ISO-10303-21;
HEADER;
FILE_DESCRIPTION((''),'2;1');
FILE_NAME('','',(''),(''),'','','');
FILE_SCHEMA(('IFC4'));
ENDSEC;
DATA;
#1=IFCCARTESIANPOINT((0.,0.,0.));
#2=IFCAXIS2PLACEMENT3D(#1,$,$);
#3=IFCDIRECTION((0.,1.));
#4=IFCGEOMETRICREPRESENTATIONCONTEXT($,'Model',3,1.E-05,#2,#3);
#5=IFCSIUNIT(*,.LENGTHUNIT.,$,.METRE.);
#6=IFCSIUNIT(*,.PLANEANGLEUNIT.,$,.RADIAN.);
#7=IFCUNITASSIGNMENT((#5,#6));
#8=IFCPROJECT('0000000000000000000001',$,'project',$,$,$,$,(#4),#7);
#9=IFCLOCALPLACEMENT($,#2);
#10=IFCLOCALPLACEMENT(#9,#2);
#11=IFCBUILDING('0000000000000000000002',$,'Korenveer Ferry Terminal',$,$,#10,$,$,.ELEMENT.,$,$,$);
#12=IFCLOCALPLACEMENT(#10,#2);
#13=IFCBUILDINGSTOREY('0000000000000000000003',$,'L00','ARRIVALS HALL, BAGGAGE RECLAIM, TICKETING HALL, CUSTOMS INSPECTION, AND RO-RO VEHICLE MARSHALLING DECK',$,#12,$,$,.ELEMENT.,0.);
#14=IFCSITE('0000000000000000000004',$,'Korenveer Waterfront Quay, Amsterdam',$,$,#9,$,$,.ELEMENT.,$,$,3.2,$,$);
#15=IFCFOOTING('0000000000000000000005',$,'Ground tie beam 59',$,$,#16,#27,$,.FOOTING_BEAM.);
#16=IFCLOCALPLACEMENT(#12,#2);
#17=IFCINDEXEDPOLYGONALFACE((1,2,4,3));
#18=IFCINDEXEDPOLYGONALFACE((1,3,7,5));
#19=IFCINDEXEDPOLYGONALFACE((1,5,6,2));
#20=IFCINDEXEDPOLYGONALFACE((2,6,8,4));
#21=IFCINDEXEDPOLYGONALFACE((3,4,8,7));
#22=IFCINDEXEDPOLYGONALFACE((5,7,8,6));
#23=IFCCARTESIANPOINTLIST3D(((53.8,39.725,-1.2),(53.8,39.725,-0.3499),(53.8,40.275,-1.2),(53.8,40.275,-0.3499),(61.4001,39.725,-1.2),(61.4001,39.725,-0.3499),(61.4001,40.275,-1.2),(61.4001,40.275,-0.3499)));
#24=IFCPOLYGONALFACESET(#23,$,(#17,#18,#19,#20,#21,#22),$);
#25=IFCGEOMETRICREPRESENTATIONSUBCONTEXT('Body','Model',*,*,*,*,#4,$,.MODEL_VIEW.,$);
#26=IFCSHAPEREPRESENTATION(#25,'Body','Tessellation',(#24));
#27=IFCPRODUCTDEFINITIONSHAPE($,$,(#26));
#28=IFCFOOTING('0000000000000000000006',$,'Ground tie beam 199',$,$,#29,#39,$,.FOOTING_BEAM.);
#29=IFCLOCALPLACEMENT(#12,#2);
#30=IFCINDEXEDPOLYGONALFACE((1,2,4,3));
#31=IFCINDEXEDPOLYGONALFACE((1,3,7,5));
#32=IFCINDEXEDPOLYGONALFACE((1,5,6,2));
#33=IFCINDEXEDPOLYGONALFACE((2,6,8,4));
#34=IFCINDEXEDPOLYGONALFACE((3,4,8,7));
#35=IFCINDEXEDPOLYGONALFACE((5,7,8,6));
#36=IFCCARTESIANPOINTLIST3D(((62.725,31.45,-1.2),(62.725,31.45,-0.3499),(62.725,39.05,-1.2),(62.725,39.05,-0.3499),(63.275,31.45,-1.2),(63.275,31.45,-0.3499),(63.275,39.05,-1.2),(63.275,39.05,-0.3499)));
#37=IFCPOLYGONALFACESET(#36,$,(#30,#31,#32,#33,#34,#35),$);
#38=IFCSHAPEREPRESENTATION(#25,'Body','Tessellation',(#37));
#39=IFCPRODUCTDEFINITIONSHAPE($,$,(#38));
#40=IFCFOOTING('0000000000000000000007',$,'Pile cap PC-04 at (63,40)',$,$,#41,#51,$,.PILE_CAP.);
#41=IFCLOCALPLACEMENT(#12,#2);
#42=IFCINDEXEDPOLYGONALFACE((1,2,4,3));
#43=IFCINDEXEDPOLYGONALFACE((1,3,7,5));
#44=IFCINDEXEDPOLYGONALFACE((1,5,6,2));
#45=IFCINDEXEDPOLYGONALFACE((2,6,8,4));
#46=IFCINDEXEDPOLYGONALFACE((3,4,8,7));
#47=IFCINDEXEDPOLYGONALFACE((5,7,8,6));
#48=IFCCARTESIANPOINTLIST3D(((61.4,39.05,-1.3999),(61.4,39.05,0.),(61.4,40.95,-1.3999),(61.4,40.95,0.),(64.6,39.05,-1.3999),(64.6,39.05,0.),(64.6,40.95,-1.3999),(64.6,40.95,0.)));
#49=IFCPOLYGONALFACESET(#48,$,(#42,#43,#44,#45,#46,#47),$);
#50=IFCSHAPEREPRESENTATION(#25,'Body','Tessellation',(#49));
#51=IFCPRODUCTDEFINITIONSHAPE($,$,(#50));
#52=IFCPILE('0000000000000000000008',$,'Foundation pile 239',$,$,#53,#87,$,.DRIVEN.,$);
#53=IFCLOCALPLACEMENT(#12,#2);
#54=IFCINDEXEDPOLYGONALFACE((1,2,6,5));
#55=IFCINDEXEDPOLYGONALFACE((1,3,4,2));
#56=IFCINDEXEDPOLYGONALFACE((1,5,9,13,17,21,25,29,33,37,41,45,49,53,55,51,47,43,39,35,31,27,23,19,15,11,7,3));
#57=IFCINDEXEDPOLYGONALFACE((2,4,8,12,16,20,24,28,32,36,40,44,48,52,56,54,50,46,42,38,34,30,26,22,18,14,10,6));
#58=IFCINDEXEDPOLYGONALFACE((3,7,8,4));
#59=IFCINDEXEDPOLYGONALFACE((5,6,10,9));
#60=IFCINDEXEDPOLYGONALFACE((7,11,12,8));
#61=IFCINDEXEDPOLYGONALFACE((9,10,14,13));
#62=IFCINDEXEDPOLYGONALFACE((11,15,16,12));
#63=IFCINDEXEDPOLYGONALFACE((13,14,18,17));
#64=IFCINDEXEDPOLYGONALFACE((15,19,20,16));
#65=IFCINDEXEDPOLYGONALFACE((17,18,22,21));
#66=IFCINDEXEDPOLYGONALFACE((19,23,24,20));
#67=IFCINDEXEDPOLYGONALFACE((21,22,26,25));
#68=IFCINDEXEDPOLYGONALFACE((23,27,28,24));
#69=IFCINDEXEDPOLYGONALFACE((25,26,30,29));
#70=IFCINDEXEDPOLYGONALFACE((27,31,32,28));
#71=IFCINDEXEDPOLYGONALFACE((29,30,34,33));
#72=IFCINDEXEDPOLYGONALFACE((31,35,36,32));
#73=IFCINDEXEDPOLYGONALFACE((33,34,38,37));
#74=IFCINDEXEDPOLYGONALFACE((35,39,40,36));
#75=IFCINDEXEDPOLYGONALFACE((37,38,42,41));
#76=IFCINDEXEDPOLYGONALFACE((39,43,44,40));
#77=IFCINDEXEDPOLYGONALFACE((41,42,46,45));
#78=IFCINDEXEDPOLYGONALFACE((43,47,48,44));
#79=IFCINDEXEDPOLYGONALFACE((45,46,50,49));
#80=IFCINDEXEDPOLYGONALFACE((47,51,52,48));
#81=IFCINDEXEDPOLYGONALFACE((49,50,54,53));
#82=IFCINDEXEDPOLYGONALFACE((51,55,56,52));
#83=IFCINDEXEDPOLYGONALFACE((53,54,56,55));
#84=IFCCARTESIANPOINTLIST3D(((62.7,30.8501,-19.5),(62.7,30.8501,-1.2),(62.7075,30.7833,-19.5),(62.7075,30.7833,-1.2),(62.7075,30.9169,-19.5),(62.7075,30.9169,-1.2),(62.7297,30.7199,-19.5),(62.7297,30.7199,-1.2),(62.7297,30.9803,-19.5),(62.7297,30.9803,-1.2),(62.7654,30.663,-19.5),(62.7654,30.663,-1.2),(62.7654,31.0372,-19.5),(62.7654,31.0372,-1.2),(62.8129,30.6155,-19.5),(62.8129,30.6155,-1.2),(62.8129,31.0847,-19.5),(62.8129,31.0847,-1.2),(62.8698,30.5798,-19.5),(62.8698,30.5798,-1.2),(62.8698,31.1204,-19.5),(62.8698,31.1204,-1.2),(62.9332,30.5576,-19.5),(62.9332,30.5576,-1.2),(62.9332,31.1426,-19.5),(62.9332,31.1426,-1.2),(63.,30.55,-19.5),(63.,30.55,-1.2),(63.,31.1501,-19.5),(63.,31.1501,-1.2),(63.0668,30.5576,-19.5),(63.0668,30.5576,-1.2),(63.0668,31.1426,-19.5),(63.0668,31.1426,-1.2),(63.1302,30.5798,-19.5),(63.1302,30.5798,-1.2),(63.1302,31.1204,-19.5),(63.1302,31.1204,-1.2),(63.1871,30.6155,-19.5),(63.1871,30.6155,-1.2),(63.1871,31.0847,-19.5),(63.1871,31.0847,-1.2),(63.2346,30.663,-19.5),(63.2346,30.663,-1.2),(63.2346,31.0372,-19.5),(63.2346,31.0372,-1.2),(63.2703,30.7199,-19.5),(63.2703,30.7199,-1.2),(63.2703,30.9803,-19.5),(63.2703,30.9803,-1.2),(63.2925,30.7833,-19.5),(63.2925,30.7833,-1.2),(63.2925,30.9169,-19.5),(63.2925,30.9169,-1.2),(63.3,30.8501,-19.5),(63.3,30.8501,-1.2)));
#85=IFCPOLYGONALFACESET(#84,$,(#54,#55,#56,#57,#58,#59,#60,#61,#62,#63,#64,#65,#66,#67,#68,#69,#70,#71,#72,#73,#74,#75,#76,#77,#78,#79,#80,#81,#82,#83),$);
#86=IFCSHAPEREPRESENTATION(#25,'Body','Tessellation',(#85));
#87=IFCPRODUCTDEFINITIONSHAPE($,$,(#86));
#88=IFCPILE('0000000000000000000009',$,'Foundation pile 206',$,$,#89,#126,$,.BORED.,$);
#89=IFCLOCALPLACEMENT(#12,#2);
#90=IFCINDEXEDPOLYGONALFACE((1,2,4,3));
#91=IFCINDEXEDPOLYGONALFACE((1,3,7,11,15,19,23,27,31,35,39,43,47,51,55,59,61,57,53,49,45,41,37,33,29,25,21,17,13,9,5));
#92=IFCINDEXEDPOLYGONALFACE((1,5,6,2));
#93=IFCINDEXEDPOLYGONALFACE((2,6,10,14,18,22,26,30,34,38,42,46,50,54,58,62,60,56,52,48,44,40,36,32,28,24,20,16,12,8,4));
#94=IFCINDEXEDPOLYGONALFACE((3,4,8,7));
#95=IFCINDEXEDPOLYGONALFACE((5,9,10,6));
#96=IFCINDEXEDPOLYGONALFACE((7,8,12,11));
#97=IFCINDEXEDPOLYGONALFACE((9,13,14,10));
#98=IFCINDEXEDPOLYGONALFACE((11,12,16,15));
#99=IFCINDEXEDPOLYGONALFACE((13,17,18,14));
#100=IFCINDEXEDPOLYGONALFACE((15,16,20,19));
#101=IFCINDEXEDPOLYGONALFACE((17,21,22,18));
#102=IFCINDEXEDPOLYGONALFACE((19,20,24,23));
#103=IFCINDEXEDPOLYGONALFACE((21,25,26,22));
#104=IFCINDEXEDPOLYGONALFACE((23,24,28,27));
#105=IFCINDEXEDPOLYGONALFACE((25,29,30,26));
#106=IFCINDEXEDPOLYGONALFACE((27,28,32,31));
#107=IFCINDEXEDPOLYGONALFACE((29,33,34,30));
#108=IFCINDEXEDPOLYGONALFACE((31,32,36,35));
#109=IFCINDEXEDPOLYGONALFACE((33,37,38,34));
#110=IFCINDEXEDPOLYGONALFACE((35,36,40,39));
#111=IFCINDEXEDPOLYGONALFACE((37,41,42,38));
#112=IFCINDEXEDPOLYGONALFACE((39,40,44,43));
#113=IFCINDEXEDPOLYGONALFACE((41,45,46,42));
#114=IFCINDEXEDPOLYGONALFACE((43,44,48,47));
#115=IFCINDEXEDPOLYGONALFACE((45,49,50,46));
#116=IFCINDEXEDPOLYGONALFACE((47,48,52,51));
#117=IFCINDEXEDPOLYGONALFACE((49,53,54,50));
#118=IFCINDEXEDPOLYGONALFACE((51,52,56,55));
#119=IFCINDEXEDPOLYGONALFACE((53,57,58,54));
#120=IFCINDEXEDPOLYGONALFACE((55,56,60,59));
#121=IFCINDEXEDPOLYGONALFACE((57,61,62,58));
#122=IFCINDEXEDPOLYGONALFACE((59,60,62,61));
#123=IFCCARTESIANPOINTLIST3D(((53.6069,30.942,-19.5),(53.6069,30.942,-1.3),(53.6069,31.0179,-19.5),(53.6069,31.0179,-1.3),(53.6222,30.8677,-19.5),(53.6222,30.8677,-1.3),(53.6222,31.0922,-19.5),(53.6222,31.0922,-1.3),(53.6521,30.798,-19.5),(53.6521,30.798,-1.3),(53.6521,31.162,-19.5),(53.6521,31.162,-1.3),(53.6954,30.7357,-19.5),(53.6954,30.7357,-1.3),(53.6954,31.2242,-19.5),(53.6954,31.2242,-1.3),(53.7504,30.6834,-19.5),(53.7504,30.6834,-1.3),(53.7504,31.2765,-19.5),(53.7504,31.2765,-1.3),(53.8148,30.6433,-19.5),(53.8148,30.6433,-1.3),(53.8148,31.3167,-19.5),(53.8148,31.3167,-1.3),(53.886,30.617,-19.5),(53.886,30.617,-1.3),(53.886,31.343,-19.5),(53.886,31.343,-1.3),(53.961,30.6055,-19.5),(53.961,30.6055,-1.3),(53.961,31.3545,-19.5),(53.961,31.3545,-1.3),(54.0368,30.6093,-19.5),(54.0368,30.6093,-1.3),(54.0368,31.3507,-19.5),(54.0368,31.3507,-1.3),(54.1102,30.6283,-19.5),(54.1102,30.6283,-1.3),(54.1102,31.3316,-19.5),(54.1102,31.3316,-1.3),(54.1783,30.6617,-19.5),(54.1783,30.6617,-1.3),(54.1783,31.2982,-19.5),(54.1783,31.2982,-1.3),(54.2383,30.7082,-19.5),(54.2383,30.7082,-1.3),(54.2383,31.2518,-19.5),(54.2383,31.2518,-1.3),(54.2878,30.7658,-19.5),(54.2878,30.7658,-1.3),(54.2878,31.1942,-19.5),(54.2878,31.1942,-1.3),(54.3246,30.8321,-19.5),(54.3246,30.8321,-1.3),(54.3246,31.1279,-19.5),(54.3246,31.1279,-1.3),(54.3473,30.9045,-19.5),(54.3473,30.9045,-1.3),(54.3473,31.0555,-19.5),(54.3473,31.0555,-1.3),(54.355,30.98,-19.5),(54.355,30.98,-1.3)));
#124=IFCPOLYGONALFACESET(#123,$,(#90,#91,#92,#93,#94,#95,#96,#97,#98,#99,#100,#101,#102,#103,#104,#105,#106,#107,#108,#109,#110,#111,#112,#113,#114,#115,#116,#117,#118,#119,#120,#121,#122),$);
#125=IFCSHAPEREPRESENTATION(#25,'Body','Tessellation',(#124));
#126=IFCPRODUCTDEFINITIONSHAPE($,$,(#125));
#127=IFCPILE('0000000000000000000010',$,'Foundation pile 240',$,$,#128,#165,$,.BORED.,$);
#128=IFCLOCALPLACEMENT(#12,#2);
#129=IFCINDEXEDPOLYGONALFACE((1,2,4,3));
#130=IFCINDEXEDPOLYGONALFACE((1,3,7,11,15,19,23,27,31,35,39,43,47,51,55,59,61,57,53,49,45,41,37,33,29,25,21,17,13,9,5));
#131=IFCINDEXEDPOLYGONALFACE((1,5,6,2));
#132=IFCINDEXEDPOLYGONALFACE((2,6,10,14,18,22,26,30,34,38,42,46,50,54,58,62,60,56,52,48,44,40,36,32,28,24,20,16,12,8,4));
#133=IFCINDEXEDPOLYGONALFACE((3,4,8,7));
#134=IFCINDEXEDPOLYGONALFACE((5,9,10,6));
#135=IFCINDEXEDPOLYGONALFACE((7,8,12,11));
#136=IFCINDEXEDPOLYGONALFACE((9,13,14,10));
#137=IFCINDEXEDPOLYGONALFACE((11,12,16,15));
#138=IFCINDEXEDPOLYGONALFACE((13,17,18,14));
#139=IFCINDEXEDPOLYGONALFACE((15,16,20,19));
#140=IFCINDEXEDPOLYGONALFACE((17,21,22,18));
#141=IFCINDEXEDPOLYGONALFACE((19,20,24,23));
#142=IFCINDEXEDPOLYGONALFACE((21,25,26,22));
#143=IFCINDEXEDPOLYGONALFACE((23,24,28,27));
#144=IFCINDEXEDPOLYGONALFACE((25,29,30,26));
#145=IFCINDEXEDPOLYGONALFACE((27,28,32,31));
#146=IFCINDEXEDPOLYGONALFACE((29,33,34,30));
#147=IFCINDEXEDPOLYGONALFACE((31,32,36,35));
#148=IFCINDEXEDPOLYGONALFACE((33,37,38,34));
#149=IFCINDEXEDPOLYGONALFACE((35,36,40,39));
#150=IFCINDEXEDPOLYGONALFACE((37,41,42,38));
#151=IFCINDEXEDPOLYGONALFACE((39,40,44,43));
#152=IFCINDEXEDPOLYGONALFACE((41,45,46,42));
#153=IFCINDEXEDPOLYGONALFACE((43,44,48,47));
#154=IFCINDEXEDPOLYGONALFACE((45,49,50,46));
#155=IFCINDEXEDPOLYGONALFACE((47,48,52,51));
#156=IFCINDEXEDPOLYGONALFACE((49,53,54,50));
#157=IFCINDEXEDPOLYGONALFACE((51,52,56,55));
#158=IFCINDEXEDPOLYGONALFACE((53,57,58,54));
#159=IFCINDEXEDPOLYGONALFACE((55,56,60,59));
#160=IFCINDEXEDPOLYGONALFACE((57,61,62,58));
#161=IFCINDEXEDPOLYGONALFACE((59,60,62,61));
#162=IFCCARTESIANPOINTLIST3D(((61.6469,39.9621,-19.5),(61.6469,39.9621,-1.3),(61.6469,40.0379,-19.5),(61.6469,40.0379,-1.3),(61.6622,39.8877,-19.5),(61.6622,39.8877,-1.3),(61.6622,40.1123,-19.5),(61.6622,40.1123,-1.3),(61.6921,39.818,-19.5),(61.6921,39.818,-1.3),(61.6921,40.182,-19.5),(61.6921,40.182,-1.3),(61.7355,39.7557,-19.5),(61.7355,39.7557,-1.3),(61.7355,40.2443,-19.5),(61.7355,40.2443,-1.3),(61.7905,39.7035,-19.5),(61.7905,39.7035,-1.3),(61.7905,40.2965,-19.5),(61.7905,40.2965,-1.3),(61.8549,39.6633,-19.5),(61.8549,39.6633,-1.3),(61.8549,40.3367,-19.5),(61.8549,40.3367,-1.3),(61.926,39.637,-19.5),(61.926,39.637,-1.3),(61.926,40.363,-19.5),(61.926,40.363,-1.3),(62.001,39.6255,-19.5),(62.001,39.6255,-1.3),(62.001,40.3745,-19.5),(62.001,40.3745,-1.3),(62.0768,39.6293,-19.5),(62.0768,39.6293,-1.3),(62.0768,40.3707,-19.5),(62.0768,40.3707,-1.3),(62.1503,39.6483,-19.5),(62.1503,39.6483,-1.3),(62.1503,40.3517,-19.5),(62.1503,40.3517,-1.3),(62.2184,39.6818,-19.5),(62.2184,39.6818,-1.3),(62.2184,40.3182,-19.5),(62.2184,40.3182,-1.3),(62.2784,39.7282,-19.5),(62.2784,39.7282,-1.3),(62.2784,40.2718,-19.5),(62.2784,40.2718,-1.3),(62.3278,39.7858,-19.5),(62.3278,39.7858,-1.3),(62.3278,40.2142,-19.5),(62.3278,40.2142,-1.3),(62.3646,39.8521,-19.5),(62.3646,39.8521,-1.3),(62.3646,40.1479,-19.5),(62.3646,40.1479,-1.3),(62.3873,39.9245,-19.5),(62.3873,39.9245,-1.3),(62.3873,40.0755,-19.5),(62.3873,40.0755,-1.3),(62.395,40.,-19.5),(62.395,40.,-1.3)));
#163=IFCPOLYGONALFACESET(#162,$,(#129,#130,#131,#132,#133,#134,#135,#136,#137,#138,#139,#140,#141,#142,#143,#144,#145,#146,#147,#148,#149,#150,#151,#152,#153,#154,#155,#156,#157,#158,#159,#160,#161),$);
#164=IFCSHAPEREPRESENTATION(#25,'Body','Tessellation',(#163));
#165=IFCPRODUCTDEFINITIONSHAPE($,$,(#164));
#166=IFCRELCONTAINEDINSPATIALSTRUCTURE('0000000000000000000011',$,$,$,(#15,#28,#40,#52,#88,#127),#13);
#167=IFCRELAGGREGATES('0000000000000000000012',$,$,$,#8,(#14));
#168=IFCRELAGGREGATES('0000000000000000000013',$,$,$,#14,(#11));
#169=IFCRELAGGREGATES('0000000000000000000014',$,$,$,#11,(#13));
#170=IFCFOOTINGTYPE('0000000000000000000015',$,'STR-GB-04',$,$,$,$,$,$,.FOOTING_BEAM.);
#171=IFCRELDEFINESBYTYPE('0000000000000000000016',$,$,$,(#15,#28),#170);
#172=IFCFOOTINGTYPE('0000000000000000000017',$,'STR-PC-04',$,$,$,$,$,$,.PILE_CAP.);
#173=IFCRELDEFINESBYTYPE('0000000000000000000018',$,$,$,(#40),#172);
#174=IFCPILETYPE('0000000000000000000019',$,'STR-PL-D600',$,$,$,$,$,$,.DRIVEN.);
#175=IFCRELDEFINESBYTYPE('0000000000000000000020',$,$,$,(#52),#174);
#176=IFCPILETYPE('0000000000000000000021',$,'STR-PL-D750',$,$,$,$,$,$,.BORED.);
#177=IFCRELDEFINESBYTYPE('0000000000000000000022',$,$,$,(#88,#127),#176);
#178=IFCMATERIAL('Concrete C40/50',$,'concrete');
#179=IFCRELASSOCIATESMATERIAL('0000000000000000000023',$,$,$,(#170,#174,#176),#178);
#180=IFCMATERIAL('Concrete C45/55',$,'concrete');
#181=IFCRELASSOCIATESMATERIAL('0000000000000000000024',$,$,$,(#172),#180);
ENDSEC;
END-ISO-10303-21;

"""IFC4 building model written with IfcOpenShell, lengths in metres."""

from ifc_helpers import new_model, si_unit, direction, frame, origin, origin_2d, place, context, subcontext, project, spatial, rectangle, circle, extrude, material, material_profile, profile_set, type_object, element, save


model = new_model("IFC4")

# Units and contexts
model_context = context("Model", 3, precision=1e-05, world=origin(), true_north=direction((0.0, 1.0)))
body_context = subcontext(model_context, "Body", "Model", "MODEL_VIEW")
ifc_project = project(units=[si_unit("LENGTHUNIT", "METRE"), si_unit("PLANEANGLEUNIT", "RADIAN")], contexts=[model_context])

# Site, building, storey
site_placement = place(None, origin())
site = spatial("IfcSite", under=ifc_project, at=site_placement, Name="Korenveer Waterfront Quay, Amsterdam", CompositionType="ELEMENT", RefElevation=3.2)
building_placement = place(site_placement, origin())
building = spatial("IfcBuilding", under=site, at=building_placement, Name="Korenveer Ferry Terminal", CompositionType="ELEMENT")
storey_placement = place(building_placement, origin())
storey = spatial("IfcBuildingStorey", under=building, at=storey_placement, Name="L00", Description="ARRIVALS HALL, BAGGAGE RECLAIM, TICKETING HALL, CUSTOMS INSPECTION, AND RO-RO VEHICLE MARSHALLING DECK", CompositionType="ELEMENT", Elevation=0.0)

# Footings
ifc_material_1 = material(Name="Concrete C40/50", Category="concrete")
footing_type_1 = type_object("IfcFootingType", Name="STR-GB-04", PredefinedType="FOOTING_BEAM", material=ifc_material_1)
footing_1_placement = place(storey_placement, frame((57.6001, 40.0, -1.2), z_axis=(0.0, 0.0, 1.0), x_axis=(1.0, 0.0, 0.0)))
element("IfcFooting", 1, at=footing_1_placement, inside=storey, type_object=footing_type_1, Name="Ground tie beam 59", PredefinedType="FOOTING_BEAM", context=body_context, shape_type="SweptSolid", body=[
    extrude(rectangle(XDim=7.6001, YDim=0.55, at=origin_2d()), origin(), (0.0, 0.0, 1.0), 0.8501),
])
footing_2_placement = place(storey_placement, frame((63.0, 35.25, -1.2), z_axis=(0.0, 0.0, 1.0), x_axis=(1.0, 0.0, 0.0)))
element("IfcFooting", 2, at=footing_2_placement, inside=storey, type_object=footing_type_1, Name="Ground tie beam 199", PredefinedType="FOOTING_BEAM", context=body_context, shape_type="SweptSolid", body=[
    extrude(rectangle(XDim=0.55, YDim=7.6001, at=origin_2d()), origin(), (0.0, 0.0, 1.0), 0.8501),
])
ifc_material_2 = material(Name="Concrete C45/55", Category="concrete")
footing_type_2 = type_object("IfcFootingType", Name="STR-PC-04", PredefinedType="PILE_CAP", material=ifc_material_2)
footing_3_placement = place(storey_placement, frame((63.0, 40.0, -1.3999), z_axis=(0.0, 0.0, 1.0), x_axis=(1.0, 0.0, 0.0)))
element("IfcFooting", 3, at=footing_3_placement, inside=storey, type_object=footing_type_2, Name="Pile cap PC-04 at (63,40)", PredefinedType="PILE_CAP", context=body_context, shape_type="SweptSolid", body=[
    extrude(rectangle(XDim=3.2, YDim=1.8999, at=origin_2d()), origin(), (0.0, 0.0, 1.0), 1.3999),
])

# Piles
ifc_material_profile_1 = material_profile(ifc_material_1, circle(Radius=0.3, at=origin_2d()), Name="PILE D600")
ifc_profile_set_1 = profile_set([ifc_material_profile_1], Name="Concrete C40/50")
pile_type_1 = type_object("IfcPileType", Name="STR-PL-D600", PredefinedType="DRIVEN", material=ifc_profile_set_1)
pile_placement = place(storey_placement, frame((63.0, 30.8501, -1.2), z_axis=(0.0, 0.0, -1.0), x_axis=(1.0, 0.0, 0.0)))
element("IfcPile", 4, at=pile_placement, inside=storey, type_object=pile_type_1, Name="Foundation pile 239", PredefinedType="DRIVEN", context=body_context, shape_type="SweptSolid", body=[
    extrude(circle(Radius=0.3, at=origin_2d()), origin(), (0.0, 0.0, 1.0), 18.3),
])
ifc_material_profile_2 = material_profile(ifc_material_1, circle(Radius=0.375, at=origin_2d()), Name="PILE D750")
ifc_profile_set_2 = profile_set([ifc_material_profile_2], Name="Concrete C40/50")
pile_type_2 = type_object("IfcPileType", Name="STR-PL-D750", PredefinedType="BORED", material=ifc_profile_set_2)
for number, where, z_axis, x_axis, name in (
    (5, (53.98, 30.98, -1.3), (0.0, 0.0, -1.0), (1.0, 0.0, 0.0), "Foundation pile 206"),
    (6, (62.02, 40.0, -1.3), (0.0, 0.0, -1.0), (1.0, 0.0, 0.0), "Foundation pile 240"),
):
    element("IfcPile", number, at=place(storey_placement, frame(where, z_axis=z_axis, x_axis=x_axis)), inside=storey, type_object=pile_type_2, Name=name, PredefinedType="BORED", context=body_context, shape_type="SweptSolid", body=[
        extrude(circle(Radius=0.375, at=origin_2d()), origin(), (0.0, 0.0, 1.0), 18.2),
    ])

save(model, "model.ifc")
